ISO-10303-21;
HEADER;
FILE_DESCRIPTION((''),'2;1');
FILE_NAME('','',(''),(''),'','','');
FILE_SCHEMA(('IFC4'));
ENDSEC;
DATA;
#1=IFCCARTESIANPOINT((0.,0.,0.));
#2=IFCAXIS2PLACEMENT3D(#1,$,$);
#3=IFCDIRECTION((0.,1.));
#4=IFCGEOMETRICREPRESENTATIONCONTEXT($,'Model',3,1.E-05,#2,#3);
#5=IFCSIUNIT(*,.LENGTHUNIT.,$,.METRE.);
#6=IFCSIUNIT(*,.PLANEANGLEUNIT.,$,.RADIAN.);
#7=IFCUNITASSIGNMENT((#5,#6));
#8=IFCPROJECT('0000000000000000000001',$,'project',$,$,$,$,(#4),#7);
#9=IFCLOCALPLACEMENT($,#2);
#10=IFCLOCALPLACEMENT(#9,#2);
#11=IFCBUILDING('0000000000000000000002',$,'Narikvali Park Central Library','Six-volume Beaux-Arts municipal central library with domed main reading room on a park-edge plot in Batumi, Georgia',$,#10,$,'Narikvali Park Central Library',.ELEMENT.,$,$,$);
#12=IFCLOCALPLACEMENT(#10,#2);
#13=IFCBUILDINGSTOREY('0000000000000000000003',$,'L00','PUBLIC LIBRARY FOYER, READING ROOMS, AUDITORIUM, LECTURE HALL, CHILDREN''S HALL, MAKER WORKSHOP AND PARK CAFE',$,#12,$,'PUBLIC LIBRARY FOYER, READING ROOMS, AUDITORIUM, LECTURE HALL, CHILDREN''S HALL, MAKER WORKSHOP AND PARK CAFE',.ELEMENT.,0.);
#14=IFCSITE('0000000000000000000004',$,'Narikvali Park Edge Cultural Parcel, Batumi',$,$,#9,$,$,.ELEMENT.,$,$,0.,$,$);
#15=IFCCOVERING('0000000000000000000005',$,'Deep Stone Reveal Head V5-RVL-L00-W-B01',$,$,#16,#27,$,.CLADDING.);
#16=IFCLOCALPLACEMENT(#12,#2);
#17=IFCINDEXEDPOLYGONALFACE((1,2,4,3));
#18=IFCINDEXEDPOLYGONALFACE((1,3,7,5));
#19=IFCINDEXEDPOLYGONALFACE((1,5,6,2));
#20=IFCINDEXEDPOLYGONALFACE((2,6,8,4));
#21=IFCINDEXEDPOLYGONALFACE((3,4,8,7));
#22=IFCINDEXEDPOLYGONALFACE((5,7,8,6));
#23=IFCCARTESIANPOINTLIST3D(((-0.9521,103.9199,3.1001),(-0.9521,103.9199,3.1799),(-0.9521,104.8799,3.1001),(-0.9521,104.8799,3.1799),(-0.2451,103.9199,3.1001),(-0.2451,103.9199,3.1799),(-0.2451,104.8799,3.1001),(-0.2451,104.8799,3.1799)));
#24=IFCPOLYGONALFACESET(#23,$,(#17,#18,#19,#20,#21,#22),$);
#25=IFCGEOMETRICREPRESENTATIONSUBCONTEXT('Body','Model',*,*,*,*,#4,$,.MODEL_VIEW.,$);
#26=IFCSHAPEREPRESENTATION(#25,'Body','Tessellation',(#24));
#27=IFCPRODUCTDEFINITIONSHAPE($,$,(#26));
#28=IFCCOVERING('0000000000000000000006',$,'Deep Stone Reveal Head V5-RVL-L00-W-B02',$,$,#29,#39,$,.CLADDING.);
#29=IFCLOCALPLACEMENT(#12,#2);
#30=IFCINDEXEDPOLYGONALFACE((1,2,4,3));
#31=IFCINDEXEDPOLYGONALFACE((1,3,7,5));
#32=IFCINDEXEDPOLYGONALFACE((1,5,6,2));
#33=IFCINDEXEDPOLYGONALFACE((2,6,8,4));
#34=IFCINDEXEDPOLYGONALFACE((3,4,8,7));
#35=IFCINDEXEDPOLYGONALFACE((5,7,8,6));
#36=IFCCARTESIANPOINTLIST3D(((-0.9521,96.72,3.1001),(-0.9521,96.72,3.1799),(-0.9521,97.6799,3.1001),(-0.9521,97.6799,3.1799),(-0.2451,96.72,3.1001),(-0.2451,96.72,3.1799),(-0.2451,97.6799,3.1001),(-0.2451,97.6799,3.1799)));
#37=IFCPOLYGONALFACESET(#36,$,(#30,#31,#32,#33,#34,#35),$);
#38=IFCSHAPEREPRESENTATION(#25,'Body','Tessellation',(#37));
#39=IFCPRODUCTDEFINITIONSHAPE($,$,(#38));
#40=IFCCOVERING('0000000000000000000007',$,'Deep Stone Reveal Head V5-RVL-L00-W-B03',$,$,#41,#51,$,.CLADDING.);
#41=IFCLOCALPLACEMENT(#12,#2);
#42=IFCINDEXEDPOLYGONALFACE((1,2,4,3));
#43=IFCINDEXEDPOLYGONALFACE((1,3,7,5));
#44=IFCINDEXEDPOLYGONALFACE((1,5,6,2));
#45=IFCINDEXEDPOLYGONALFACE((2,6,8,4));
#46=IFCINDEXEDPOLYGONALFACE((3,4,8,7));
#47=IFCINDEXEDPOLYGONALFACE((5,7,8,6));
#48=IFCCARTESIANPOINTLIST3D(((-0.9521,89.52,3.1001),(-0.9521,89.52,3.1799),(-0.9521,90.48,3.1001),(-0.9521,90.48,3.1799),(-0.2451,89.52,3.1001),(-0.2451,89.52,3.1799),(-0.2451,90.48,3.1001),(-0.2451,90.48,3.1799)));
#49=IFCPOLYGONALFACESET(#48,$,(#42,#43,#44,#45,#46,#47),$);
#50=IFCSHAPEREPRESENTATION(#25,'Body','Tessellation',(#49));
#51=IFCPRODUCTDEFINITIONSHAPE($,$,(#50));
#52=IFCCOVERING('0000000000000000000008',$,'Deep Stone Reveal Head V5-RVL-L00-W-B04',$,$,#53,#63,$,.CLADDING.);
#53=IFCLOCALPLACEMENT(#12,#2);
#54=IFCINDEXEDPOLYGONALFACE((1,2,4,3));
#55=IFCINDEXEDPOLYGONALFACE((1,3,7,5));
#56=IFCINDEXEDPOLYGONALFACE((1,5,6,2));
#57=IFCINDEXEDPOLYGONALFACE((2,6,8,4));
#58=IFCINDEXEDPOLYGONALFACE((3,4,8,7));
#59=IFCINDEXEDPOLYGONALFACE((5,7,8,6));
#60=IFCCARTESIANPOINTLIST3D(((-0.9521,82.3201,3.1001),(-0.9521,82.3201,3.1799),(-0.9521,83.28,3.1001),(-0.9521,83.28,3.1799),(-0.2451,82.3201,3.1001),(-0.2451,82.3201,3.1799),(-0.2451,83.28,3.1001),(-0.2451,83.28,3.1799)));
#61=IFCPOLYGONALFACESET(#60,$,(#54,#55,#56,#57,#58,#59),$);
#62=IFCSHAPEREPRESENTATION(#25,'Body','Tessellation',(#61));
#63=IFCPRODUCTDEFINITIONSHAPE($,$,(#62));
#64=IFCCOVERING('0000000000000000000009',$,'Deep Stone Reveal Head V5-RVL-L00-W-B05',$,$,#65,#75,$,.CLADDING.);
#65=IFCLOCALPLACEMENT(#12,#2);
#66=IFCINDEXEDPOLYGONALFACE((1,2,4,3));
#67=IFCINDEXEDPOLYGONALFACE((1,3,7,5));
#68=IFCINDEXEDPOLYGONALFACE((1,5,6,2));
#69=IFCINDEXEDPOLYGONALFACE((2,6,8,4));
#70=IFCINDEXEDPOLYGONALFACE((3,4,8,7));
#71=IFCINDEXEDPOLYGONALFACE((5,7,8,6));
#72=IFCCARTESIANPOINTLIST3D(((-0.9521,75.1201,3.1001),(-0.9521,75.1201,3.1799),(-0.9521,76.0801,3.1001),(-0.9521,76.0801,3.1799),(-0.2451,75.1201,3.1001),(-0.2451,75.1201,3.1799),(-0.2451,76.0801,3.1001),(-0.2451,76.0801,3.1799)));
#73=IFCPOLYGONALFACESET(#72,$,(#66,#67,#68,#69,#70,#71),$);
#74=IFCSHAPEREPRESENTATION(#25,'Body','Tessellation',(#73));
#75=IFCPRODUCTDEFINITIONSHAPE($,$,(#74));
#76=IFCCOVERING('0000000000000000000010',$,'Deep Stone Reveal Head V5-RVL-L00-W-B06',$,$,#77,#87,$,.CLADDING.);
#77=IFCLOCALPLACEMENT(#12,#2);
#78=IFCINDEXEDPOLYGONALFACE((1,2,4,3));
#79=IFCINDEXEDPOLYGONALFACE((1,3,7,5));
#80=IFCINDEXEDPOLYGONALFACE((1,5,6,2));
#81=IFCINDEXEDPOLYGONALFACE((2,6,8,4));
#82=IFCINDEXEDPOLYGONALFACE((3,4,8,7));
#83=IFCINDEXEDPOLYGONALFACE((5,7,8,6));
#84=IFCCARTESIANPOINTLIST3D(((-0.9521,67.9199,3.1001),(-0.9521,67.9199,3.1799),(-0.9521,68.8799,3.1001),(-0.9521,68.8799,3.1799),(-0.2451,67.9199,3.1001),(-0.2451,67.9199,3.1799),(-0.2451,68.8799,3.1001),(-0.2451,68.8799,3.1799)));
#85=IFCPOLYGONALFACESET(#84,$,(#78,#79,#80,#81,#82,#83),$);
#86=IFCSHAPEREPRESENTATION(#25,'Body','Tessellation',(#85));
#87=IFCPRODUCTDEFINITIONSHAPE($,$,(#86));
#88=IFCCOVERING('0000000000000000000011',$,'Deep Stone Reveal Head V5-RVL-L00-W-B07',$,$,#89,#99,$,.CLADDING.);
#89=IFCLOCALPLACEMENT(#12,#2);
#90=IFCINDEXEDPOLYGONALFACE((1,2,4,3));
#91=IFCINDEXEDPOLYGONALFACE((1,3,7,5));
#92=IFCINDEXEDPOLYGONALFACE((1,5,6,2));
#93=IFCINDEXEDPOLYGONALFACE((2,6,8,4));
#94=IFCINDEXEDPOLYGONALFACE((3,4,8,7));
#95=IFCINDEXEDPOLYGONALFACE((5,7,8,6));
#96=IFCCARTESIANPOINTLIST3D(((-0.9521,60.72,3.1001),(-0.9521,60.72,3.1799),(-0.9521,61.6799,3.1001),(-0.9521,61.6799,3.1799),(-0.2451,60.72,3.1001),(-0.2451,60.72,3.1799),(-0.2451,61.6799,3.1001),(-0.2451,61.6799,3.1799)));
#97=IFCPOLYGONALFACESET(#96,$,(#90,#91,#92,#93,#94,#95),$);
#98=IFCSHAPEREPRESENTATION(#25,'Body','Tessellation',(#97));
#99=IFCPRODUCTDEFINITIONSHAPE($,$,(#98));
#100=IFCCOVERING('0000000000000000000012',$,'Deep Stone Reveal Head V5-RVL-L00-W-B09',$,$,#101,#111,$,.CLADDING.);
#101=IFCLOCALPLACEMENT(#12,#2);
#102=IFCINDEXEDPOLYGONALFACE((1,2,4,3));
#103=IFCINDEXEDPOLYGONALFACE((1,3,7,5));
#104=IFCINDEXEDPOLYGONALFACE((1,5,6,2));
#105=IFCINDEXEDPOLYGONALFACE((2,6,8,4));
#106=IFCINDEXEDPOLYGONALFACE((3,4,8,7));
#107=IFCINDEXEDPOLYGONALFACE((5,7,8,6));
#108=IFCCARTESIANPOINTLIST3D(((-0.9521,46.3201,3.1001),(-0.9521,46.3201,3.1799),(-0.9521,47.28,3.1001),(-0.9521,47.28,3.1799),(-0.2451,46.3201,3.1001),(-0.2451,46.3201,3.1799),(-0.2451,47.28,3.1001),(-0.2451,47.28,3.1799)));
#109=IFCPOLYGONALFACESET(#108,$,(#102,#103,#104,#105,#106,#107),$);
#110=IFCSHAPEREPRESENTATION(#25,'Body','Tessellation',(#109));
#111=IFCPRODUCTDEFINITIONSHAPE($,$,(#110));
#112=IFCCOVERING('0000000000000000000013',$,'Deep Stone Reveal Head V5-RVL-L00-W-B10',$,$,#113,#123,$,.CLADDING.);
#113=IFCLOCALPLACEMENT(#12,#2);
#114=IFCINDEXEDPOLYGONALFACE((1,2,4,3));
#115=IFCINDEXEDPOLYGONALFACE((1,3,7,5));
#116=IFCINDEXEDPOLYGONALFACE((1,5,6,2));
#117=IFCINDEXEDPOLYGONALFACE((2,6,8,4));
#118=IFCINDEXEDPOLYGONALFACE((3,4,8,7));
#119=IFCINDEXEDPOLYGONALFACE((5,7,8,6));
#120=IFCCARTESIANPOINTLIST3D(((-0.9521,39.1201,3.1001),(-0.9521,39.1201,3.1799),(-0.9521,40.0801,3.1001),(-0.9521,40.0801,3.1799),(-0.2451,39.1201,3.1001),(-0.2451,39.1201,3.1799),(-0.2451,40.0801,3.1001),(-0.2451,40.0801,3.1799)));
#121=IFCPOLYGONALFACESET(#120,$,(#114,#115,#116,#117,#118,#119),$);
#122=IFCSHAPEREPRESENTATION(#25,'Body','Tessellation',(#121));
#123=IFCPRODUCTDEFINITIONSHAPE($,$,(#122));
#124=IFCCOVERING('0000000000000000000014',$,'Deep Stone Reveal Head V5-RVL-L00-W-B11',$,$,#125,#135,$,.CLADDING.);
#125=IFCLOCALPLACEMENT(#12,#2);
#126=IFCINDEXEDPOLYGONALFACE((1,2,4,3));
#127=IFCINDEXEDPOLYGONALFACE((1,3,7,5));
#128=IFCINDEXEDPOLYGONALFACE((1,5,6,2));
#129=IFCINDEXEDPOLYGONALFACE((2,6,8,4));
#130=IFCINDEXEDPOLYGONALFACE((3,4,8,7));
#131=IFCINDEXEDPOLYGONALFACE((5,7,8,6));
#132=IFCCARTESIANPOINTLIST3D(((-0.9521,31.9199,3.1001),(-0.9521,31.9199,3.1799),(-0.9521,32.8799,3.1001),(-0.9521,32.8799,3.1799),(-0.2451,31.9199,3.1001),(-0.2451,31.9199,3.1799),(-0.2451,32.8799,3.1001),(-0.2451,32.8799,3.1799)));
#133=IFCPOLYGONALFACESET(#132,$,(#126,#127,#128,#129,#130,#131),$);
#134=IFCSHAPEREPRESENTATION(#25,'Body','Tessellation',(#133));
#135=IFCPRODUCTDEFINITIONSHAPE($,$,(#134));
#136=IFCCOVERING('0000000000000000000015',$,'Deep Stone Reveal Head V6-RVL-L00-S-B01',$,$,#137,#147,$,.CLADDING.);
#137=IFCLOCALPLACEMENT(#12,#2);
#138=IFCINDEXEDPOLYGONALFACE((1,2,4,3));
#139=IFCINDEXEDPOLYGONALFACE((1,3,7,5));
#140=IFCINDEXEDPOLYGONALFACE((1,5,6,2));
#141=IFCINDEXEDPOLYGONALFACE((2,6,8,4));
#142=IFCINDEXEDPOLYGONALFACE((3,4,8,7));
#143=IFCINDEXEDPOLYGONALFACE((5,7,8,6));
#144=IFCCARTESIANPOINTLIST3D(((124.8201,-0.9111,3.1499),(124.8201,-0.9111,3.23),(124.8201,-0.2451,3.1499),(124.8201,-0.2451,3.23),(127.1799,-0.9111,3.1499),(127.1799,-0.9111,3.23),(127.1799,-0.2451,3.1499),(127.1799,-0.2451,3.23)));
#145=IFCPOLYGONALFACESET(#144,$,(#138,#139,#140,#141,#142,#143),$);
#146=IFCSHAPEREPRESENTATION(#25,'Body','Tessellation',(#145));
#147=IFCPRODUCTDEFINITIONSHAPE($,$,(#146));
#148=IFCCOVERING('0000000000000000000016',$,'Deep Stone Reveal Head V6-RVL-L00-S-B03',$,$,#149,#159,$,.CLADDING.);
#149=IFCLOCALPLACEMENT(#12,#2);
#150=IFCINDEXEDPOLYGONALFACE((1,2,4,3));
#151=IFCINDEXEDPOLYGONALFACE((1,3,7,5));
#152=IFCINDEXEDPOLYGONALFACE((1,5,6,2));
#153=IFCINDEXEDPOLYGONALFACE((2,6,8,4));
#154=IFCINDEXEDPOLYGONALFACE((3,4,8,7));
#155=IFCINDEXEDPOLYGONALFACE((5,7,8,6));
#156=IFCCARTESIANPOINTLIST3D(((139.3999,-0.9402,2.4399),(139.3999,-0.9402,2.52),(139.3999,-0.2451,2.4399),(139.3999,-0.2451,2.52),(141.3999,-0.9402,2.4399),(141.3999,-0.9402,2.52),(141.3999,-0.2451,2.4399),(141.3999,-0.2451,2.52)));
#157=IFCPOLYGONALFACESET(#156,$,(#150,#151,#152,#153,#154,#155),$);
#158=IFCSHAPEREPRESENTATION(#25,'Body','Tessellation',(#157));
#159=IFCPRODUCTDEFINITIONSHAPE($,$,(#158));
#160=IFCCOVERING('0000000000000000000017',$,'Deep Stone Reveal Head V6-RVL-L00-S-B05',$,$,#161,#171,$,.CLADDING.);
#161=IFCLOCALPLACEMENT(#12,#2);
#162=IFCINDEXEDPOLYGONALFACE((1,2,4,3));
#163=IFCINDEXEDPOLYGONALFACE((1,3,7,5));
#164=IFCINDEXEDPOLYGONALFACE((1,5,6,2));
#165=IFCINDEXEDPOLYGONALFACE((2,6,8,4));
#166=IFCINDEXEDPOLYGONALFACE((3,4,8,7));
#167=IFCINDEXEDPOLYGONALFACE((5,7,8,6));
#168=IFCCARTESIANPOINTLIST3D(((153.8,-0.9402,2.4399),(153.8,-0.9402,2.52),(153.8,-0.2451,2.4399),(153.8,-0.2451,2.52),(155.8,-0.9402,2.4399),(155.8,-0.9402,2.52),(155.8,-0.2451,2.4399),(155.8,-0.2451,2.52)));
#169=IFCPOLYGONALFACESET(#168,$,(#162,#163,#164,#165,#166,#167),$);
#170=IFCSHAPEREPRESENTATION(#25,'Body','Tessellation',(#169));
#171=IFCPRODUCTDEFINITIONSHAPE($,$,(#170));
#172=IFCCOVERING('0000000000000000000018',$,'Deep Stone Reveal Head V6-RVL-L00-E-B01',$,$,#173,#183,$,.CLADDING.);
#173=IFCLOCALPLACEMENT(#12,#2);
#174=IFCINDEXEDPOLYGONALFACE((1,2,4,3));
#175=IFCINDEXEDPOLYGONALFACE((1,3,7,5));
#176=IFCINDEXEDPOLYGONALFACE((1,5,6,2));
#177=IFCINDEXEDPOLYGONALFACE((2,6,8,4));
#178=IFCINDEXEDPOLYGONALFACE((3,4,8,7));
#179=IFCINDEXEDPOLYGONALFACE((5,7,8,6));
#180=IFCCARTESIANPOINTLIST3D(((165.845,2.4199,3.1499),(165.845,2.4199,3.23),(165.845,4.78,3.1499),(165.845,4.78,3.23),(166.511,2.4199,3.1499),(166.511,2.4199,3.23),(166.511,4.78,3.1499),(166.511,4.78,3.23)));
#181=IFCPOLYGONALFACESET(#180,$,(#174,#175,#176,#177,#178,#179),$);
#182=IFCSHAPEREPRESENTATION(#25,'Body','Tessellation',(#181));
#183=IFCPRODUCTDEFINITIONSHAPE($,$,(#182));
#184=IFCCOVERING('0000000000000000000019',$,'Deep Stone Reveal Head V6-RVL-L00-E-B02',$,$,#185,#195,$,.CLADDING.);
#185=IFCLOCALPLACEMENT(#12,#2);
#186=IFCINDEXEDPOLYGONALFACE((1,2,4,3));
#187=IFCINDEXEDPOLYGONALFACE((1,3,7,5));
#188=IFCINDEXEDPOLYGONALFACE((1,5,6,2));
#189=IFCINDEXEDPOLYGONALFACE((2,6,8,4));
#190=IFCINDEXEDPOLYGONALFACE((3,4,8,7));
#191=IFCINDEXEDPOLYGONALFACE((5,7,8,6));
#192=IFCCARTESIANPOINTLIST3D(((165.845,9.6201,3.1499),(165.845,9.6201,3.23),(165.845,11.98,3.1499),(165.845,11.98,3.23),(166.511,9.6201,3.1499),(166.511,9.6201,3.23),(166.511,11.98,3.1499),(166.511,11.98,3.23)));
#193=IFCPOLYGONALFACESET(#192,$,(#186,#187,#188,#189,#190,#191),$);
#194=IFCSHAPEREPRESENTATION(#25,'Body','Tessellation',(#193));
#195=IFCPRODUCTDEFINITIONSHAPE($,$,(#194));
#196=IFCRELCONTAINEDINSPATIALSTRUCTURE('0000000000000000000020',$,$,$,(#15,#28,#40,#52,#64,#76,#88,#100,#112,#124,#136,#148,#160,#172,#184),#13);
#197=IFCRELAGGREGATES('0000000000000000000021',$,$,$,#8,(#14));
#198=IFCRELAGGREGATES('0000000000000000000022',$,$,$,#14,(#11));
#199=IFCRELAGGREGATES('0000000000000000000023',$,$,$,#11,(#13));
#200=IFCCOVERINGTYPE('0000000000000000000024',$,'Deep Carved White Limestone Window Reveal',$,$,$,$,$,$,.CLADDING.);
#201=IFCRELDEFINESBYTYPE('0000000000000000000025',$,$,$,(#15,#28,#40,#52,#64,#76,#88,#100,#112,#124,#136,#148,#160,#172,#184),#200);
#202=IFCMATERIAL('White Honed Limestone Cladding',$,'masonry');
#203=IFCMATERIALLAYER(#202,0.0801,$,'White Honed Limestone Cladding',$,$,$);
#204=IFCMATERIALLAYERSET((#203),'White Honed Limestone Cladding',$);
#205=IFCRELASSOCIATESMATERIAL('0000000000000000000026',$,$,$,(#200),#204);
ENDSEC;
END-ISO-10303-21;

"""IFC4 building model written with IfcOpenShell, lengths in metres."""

from ifc_helpers import new_model, si_unit, direction, frame, origin, place, context, subcontext, project, spatial, polyline, outline, extrude, material, layer, layer_set, type_object, element, save


model = new_model("IFC4")

# Units and contexts
model_context = context("Model", 3, precision=1e-05, world=origin(), true_north=direction((0.0, 1.0)))
body_context = subcontext(model_context, "Body", "Model", "MODEL_VIEW")
ifc_project = project(units=[si_unit("LENGTHUNIT", "METRE"), si_unit("PLANEANGLEUNIT", "RADIAN")], contexts=[model_context])

# Site, building, storey
site_placement = place(None, origin())
site = spatial("IfcSite", under=ifc_project, at=site_placement, Name="Narikvali Park Edge Cultural Parcel, Batumi", CompositionType="ELEMENT", RefElevation=0.0)
building_placement = place(site_placement, origin())
building = spatial("IfcBuilding", under=site, at=building_placement, Name="Narikvali Park Central Library", Description="Six-volume Beaux-Arts municipal central library with domed main reading room on a park-edge plot in Batumi, Georgia", LongName="Narikvali Park Central Library", CompositionType="ELEMENT")
storey_placement = place(building_placement, origin())
storey = spatial("IfcBuildingStorey", under=building, at=storey_placement, Name="L00", Description="PUBLIC LIBRARY FOYER, READING ROOMS, AUDITORIUM, LECTURE HALL, CHILDREN'S HALL, MAKER WORKSHOP AND PARK CAFE", LongName="PUBLIC LIBRARY FOYER, READING ROOMS, AUDITORIUM, LECTURE HALL, CHILDREN'S HALL, MAKER WORKSHOP AND PARK CAFE", CompositionType="ELEMENT", Elevation=0.0)

# Coverings
ifc_material = material(Name="White Honed Limestone Cladding", Category="masonry")
ifc_layer = layer(ifc_material, 0.0801, Name="White Honed Limestone Cladding")
ifc_layer_set = layer_set([ifc_layer], Name="White Honed Limestone Cladding")
covering_type = type_object("IfcCoveringType", Name="Deep Carved White Limestone Window Reveal", PredefinedType="CLADDING", material=ifc_layer_set)
covering_1_placement = place(storey_placement, frame((0.0, 0.0, 3.1001)))
element("IfcCovering", 1, at=covering_1_placement, inside=storey, type_object=covering_type, Name="Deep Stone Reveal Head V5-RVL-L00-W-B01", PredefinedType="CLADDING", context=body_context, shape_type="SweptSolid", body=[
    extrude(outline(polyline([(-0.2451, 104.8799), (-0.2451, 103.9199), (-0.9521, 103.9199), (-0.9521, 104.8799), (-0.2451, 104.8799)])), origin(), (0.0, 0.0, 1.0), 0.0798),
])
covering_2_placement = place(storey_placement, frame((0.0, 0.0, 3.1001)))
element("IfcCovering", 2, at=covering_2_placement, inside=storey, type_object=covering_type, Name="Deep Stone Reveal Head V5-RVL-L00-W-B02", PredefinedType="CLADDING", context=body_context, shape_type="SweptSolid", body=[
    extrude(outline(polyline([(-0.2451, 97.6799), (-0.2451, 96.72), (-0.9521, 96.72), (-0.9521, 97.6799), (-0.2451, 97.6799)])), origin(), (0.0, 0.0, 1.0), 0.0798),
])
covering_3_placement = place(storey_placement, frame((0.0, 0.0, 3.1001)))
element("IfcCovering", 3, at=covering_3_placement, inside=storey, type_object=covering_type, Name="Deep Stone Reveal Head V5-RVL-L00-W-B03", PredefinedType="CLADDING", context=body_context, shape_type="SweptSolid", body=[
    extrude(outline(polyline([(-0.2451, 90.48), (-0.2451, 89.52), (-0.9521, 89.52), (-0.9521, 90.48), (-0.2451, 90.48)])), origin(), (0.0, 0.0, 1.0), 0.0798),
])
covering_4_placement = place(storey_placement, frame((0.0, 0.0, 3.1001)))
element("IfcCovering", 4, at=covering_4_placement, inside=storey, type_object=covering_type, Name="Deep Stone Reveal Head V5-RVL-L00-W-B04", PredefinedType="CLADDING", context=body_context, shape_type="SweptSolid", body=[
    extrude(outline(polyline([(-0.2451, 83.28), (-0.2451, 82.3201), (-0.9521, 82.3201), (-0.9521, 83.28), (-0.2451, 83.28)])), origin(), (0.0, 0.0, 1.0), 0.0798),
])
covering_5_placement = place(storey_placement, frame((0.0, 0.0, 3.1001)))
element("IfcCovering", 5, at=covering_5_placement, inside=storey, type_object=covering_type, Name="Deep Stone Reveal Head V5-RVL-L00-W-B05", PredefinedType="CLADDING", context=body_context, shape_type="SweptSolid", body=[
    extrude(outline(polyline([(-0.2451, 76.0801), (-0.2451, 75.1201), (-0.9521, 75.1201), (-0.9521, 76.0801), (-0.2451, 76.0801)])), origin(), (0.0, 0.0, 1.0), 0.0798),
])
covering_6_placement = place(storey_placement, frame((0.0, 0.0, 3.1001)))
element("IfcCovering", 6, at=covering_6_placement, inside=storey, type_object=covering_type, Name="Deep Stone Reveal Head V5-RVL-L00-W-B06", PredefinedType="CLADDING", context=body_context, shape_type="SweptSolid", body=[
    extrude(outline(polyline([(-0.2451, 68.8799), (-0.2451, 67.9199), (-0.9521, 67.9199), (-0.9521, 68.8799), (-0.2451, 68.8799)])), origin(), (0.0, 0.0, 1.0), 0.0798),
])
covering_7_placement = place(storey_placement, frame((0.0, 0.0, 3.1001)))
element("IfcCovering", 7, at=covering_7_placement, inside=storey, type_object=covering_type, Name="Deep Stone Reveal Head V5-RVL-L00-W-B07", PredefinedType="CLADDING", context=body_context, shape_type="SweptSolid", body=[
    extrude(outline(polyline([(-0.2451, 61.6799), (-0.2451, 60.72), (-0.9521, 60.72), (-0.9521, 61.6799), (-0.2451, 61.6799)])), origin(), (0.0, 0.0, 1.0), 0.0798),
])
covering_8_placement = place(storey_placement, frame((0.0, 0.0, 3.1001)))
element("IfcCovering", 8, at=covering_8_placement, inside=storey, type_object=covering_type, Name="Deep Stone Reveal Head V5-RVL-L00-W-B09", PredefinedType="CLADDING", context=body_context, shape_type="SweptSolid", body=[
    extrude(outline(polyline([(-0.2451, 47.28), (-0.2451, 46.3201), (-0.9521, 46.3201), (-0.9521, 47.28), (-0.2451, 47.28)])), origin(), (0.0, 0.0, 1.0), 0.0798),
])
covering_9_placement = place(storey_placement, frame((0.0, 0.0, 3.1001)))
element("IfcCovering", 9, at=covering_9_placement, inside=storey, type_object=covering_type, Name="Deep Stone Reveal Head V5-RVL-L00-W-B10", PredefinedType="CLADDING", context=body_context, shape_type="SweptSolid", body=[
    extrude(outline(polyline([(-0.2451, 40.0801), (-0.2451, 39.1201), (-0.9521, 39.1201), (-0.9521, 40.0801), (-0.2451, 40.0801)])), origin(), (0.0, 0.0, 1.0), 0.0798),
])
covering_10_placement = place(storey_placement, frame((0.0, 0.0, 3.1001)))
element("IfcCovering", 10, at=covering_10_placement, inside=storey, type_object=covering_type, Name="Deep Stone Reveal Head V5-RVL-L00-W-B11", PredefinedType="CLADDING", context=body_context, shape_type="SweptSolid", body=[
    extrude(outline(polyline([(-0.2451, 32.8799), (-0.2451, 31.9199), (-0.9521, 31.9199), (-0.9521, 32.8799), (-0.2451, 32.8799)])), origin(), (0.0, 0.0, 1.0), 0.0798),
])
covering_11_placement = place(storey_placement, frame((0.0, 0.0, 3.1499)))
element("IfcCovering", 11, at=covering_11_placement, inside=storey, type_object=covering_type, Name="Deep Stone Reveal Head V6-RVL-L00-S-B01", PredefinedType="CLADDING", context=body_context, shape_type="SweptSolid", body=[
    extrude(outline(polyline([(124.8201, -0.2451), (127.1799, -0.2451), (127.1799, -0.9111), (124.8201, -0.9111), (124.8201, -0.2451)])), origin(), (0.0, 0.0, 1.0), 0.0801),
])
covering_12_placement = place(storey_placement, frame((0.0, 0.0, 2.4399)))
element("IfcCovering", 12, at=covering_12_placement, inside=storey, type_object=covering_type, Name="Deep Stone Reveal Head V6-RVL-L00-S-B03", PredefinedType="CLADDING", context=body_context, shape_type="SweptSolid", body=[
    extrude(outline(polyline([(139.3999, -0.2451), (141.3999, -0.2451), (141.3999, -0.9402), (139.3999, -0.9402), (139.3999, -0.2451)])), origin(), (0.0, 0.0, 1.0), 0.0801),
])
covering_13_placement = place(storey_placement, frame((0.0, 0.0, 2.4399)))
element("IfcCovering", 13, at=covering_13_placement, inside=storey, type_object=covering_type, Name="Deep Stone Reveal Head V6-RVL-L00-S-B05", PredefinedType="CLADDING", context=body_context, shape_type="SweptSolid", body=[
    extrude(outline(polyline([(153.8, -0.2451), (155.8, -0.2451), (155.8, -0.9402), (153.8, -0.9402), (153.8, -0.2451)])), origin(), (0.0, 0.0, 1.0), 0.0801),
])
covering_14_placement = place(storey_placement, frame((0.0, 0.0, 3.1499)))
element("IfcCovering", 14, at=covering_14_placement, inside=storey, type_object=covering_type, Name="Deep Stone Reveal Head V6-RVL-L00-E-B01", PredefinedType="CLADDING", context=body_context, shape_type="SweptSolid", body=[
    extrude(outline(polyline([(165.845, 2.4199), (165.845, 4.78), (166.511, 4.78), (166.511, 2.4199), (165.845, 2.4199)])), origin(), (0.0, 0.0, 1.0), 0.0801),
])
covering_15_placement = place(storey_placement, frame((0.0, 0.0, 3.1499)))
element("IfcCovering", 15, at=covering_15_placement, inside=storey, type_object=covering_type, Name="Deep Stone Reveal Head V6-RVL-L00-E-B02", PredefinedType="CLADDING", context=body_context, shape_type="SweptSolid", body=[
    extrude(outline(polyline([(165.845, 9.6201), (165.845, 11.98), (166.511, 11.98), (166.511, 9.6201), (165.845, 9.6201)])), origin(), (0.0, 0.0, 1.0), 0.0801),
])

save(model, "model.ifc")
